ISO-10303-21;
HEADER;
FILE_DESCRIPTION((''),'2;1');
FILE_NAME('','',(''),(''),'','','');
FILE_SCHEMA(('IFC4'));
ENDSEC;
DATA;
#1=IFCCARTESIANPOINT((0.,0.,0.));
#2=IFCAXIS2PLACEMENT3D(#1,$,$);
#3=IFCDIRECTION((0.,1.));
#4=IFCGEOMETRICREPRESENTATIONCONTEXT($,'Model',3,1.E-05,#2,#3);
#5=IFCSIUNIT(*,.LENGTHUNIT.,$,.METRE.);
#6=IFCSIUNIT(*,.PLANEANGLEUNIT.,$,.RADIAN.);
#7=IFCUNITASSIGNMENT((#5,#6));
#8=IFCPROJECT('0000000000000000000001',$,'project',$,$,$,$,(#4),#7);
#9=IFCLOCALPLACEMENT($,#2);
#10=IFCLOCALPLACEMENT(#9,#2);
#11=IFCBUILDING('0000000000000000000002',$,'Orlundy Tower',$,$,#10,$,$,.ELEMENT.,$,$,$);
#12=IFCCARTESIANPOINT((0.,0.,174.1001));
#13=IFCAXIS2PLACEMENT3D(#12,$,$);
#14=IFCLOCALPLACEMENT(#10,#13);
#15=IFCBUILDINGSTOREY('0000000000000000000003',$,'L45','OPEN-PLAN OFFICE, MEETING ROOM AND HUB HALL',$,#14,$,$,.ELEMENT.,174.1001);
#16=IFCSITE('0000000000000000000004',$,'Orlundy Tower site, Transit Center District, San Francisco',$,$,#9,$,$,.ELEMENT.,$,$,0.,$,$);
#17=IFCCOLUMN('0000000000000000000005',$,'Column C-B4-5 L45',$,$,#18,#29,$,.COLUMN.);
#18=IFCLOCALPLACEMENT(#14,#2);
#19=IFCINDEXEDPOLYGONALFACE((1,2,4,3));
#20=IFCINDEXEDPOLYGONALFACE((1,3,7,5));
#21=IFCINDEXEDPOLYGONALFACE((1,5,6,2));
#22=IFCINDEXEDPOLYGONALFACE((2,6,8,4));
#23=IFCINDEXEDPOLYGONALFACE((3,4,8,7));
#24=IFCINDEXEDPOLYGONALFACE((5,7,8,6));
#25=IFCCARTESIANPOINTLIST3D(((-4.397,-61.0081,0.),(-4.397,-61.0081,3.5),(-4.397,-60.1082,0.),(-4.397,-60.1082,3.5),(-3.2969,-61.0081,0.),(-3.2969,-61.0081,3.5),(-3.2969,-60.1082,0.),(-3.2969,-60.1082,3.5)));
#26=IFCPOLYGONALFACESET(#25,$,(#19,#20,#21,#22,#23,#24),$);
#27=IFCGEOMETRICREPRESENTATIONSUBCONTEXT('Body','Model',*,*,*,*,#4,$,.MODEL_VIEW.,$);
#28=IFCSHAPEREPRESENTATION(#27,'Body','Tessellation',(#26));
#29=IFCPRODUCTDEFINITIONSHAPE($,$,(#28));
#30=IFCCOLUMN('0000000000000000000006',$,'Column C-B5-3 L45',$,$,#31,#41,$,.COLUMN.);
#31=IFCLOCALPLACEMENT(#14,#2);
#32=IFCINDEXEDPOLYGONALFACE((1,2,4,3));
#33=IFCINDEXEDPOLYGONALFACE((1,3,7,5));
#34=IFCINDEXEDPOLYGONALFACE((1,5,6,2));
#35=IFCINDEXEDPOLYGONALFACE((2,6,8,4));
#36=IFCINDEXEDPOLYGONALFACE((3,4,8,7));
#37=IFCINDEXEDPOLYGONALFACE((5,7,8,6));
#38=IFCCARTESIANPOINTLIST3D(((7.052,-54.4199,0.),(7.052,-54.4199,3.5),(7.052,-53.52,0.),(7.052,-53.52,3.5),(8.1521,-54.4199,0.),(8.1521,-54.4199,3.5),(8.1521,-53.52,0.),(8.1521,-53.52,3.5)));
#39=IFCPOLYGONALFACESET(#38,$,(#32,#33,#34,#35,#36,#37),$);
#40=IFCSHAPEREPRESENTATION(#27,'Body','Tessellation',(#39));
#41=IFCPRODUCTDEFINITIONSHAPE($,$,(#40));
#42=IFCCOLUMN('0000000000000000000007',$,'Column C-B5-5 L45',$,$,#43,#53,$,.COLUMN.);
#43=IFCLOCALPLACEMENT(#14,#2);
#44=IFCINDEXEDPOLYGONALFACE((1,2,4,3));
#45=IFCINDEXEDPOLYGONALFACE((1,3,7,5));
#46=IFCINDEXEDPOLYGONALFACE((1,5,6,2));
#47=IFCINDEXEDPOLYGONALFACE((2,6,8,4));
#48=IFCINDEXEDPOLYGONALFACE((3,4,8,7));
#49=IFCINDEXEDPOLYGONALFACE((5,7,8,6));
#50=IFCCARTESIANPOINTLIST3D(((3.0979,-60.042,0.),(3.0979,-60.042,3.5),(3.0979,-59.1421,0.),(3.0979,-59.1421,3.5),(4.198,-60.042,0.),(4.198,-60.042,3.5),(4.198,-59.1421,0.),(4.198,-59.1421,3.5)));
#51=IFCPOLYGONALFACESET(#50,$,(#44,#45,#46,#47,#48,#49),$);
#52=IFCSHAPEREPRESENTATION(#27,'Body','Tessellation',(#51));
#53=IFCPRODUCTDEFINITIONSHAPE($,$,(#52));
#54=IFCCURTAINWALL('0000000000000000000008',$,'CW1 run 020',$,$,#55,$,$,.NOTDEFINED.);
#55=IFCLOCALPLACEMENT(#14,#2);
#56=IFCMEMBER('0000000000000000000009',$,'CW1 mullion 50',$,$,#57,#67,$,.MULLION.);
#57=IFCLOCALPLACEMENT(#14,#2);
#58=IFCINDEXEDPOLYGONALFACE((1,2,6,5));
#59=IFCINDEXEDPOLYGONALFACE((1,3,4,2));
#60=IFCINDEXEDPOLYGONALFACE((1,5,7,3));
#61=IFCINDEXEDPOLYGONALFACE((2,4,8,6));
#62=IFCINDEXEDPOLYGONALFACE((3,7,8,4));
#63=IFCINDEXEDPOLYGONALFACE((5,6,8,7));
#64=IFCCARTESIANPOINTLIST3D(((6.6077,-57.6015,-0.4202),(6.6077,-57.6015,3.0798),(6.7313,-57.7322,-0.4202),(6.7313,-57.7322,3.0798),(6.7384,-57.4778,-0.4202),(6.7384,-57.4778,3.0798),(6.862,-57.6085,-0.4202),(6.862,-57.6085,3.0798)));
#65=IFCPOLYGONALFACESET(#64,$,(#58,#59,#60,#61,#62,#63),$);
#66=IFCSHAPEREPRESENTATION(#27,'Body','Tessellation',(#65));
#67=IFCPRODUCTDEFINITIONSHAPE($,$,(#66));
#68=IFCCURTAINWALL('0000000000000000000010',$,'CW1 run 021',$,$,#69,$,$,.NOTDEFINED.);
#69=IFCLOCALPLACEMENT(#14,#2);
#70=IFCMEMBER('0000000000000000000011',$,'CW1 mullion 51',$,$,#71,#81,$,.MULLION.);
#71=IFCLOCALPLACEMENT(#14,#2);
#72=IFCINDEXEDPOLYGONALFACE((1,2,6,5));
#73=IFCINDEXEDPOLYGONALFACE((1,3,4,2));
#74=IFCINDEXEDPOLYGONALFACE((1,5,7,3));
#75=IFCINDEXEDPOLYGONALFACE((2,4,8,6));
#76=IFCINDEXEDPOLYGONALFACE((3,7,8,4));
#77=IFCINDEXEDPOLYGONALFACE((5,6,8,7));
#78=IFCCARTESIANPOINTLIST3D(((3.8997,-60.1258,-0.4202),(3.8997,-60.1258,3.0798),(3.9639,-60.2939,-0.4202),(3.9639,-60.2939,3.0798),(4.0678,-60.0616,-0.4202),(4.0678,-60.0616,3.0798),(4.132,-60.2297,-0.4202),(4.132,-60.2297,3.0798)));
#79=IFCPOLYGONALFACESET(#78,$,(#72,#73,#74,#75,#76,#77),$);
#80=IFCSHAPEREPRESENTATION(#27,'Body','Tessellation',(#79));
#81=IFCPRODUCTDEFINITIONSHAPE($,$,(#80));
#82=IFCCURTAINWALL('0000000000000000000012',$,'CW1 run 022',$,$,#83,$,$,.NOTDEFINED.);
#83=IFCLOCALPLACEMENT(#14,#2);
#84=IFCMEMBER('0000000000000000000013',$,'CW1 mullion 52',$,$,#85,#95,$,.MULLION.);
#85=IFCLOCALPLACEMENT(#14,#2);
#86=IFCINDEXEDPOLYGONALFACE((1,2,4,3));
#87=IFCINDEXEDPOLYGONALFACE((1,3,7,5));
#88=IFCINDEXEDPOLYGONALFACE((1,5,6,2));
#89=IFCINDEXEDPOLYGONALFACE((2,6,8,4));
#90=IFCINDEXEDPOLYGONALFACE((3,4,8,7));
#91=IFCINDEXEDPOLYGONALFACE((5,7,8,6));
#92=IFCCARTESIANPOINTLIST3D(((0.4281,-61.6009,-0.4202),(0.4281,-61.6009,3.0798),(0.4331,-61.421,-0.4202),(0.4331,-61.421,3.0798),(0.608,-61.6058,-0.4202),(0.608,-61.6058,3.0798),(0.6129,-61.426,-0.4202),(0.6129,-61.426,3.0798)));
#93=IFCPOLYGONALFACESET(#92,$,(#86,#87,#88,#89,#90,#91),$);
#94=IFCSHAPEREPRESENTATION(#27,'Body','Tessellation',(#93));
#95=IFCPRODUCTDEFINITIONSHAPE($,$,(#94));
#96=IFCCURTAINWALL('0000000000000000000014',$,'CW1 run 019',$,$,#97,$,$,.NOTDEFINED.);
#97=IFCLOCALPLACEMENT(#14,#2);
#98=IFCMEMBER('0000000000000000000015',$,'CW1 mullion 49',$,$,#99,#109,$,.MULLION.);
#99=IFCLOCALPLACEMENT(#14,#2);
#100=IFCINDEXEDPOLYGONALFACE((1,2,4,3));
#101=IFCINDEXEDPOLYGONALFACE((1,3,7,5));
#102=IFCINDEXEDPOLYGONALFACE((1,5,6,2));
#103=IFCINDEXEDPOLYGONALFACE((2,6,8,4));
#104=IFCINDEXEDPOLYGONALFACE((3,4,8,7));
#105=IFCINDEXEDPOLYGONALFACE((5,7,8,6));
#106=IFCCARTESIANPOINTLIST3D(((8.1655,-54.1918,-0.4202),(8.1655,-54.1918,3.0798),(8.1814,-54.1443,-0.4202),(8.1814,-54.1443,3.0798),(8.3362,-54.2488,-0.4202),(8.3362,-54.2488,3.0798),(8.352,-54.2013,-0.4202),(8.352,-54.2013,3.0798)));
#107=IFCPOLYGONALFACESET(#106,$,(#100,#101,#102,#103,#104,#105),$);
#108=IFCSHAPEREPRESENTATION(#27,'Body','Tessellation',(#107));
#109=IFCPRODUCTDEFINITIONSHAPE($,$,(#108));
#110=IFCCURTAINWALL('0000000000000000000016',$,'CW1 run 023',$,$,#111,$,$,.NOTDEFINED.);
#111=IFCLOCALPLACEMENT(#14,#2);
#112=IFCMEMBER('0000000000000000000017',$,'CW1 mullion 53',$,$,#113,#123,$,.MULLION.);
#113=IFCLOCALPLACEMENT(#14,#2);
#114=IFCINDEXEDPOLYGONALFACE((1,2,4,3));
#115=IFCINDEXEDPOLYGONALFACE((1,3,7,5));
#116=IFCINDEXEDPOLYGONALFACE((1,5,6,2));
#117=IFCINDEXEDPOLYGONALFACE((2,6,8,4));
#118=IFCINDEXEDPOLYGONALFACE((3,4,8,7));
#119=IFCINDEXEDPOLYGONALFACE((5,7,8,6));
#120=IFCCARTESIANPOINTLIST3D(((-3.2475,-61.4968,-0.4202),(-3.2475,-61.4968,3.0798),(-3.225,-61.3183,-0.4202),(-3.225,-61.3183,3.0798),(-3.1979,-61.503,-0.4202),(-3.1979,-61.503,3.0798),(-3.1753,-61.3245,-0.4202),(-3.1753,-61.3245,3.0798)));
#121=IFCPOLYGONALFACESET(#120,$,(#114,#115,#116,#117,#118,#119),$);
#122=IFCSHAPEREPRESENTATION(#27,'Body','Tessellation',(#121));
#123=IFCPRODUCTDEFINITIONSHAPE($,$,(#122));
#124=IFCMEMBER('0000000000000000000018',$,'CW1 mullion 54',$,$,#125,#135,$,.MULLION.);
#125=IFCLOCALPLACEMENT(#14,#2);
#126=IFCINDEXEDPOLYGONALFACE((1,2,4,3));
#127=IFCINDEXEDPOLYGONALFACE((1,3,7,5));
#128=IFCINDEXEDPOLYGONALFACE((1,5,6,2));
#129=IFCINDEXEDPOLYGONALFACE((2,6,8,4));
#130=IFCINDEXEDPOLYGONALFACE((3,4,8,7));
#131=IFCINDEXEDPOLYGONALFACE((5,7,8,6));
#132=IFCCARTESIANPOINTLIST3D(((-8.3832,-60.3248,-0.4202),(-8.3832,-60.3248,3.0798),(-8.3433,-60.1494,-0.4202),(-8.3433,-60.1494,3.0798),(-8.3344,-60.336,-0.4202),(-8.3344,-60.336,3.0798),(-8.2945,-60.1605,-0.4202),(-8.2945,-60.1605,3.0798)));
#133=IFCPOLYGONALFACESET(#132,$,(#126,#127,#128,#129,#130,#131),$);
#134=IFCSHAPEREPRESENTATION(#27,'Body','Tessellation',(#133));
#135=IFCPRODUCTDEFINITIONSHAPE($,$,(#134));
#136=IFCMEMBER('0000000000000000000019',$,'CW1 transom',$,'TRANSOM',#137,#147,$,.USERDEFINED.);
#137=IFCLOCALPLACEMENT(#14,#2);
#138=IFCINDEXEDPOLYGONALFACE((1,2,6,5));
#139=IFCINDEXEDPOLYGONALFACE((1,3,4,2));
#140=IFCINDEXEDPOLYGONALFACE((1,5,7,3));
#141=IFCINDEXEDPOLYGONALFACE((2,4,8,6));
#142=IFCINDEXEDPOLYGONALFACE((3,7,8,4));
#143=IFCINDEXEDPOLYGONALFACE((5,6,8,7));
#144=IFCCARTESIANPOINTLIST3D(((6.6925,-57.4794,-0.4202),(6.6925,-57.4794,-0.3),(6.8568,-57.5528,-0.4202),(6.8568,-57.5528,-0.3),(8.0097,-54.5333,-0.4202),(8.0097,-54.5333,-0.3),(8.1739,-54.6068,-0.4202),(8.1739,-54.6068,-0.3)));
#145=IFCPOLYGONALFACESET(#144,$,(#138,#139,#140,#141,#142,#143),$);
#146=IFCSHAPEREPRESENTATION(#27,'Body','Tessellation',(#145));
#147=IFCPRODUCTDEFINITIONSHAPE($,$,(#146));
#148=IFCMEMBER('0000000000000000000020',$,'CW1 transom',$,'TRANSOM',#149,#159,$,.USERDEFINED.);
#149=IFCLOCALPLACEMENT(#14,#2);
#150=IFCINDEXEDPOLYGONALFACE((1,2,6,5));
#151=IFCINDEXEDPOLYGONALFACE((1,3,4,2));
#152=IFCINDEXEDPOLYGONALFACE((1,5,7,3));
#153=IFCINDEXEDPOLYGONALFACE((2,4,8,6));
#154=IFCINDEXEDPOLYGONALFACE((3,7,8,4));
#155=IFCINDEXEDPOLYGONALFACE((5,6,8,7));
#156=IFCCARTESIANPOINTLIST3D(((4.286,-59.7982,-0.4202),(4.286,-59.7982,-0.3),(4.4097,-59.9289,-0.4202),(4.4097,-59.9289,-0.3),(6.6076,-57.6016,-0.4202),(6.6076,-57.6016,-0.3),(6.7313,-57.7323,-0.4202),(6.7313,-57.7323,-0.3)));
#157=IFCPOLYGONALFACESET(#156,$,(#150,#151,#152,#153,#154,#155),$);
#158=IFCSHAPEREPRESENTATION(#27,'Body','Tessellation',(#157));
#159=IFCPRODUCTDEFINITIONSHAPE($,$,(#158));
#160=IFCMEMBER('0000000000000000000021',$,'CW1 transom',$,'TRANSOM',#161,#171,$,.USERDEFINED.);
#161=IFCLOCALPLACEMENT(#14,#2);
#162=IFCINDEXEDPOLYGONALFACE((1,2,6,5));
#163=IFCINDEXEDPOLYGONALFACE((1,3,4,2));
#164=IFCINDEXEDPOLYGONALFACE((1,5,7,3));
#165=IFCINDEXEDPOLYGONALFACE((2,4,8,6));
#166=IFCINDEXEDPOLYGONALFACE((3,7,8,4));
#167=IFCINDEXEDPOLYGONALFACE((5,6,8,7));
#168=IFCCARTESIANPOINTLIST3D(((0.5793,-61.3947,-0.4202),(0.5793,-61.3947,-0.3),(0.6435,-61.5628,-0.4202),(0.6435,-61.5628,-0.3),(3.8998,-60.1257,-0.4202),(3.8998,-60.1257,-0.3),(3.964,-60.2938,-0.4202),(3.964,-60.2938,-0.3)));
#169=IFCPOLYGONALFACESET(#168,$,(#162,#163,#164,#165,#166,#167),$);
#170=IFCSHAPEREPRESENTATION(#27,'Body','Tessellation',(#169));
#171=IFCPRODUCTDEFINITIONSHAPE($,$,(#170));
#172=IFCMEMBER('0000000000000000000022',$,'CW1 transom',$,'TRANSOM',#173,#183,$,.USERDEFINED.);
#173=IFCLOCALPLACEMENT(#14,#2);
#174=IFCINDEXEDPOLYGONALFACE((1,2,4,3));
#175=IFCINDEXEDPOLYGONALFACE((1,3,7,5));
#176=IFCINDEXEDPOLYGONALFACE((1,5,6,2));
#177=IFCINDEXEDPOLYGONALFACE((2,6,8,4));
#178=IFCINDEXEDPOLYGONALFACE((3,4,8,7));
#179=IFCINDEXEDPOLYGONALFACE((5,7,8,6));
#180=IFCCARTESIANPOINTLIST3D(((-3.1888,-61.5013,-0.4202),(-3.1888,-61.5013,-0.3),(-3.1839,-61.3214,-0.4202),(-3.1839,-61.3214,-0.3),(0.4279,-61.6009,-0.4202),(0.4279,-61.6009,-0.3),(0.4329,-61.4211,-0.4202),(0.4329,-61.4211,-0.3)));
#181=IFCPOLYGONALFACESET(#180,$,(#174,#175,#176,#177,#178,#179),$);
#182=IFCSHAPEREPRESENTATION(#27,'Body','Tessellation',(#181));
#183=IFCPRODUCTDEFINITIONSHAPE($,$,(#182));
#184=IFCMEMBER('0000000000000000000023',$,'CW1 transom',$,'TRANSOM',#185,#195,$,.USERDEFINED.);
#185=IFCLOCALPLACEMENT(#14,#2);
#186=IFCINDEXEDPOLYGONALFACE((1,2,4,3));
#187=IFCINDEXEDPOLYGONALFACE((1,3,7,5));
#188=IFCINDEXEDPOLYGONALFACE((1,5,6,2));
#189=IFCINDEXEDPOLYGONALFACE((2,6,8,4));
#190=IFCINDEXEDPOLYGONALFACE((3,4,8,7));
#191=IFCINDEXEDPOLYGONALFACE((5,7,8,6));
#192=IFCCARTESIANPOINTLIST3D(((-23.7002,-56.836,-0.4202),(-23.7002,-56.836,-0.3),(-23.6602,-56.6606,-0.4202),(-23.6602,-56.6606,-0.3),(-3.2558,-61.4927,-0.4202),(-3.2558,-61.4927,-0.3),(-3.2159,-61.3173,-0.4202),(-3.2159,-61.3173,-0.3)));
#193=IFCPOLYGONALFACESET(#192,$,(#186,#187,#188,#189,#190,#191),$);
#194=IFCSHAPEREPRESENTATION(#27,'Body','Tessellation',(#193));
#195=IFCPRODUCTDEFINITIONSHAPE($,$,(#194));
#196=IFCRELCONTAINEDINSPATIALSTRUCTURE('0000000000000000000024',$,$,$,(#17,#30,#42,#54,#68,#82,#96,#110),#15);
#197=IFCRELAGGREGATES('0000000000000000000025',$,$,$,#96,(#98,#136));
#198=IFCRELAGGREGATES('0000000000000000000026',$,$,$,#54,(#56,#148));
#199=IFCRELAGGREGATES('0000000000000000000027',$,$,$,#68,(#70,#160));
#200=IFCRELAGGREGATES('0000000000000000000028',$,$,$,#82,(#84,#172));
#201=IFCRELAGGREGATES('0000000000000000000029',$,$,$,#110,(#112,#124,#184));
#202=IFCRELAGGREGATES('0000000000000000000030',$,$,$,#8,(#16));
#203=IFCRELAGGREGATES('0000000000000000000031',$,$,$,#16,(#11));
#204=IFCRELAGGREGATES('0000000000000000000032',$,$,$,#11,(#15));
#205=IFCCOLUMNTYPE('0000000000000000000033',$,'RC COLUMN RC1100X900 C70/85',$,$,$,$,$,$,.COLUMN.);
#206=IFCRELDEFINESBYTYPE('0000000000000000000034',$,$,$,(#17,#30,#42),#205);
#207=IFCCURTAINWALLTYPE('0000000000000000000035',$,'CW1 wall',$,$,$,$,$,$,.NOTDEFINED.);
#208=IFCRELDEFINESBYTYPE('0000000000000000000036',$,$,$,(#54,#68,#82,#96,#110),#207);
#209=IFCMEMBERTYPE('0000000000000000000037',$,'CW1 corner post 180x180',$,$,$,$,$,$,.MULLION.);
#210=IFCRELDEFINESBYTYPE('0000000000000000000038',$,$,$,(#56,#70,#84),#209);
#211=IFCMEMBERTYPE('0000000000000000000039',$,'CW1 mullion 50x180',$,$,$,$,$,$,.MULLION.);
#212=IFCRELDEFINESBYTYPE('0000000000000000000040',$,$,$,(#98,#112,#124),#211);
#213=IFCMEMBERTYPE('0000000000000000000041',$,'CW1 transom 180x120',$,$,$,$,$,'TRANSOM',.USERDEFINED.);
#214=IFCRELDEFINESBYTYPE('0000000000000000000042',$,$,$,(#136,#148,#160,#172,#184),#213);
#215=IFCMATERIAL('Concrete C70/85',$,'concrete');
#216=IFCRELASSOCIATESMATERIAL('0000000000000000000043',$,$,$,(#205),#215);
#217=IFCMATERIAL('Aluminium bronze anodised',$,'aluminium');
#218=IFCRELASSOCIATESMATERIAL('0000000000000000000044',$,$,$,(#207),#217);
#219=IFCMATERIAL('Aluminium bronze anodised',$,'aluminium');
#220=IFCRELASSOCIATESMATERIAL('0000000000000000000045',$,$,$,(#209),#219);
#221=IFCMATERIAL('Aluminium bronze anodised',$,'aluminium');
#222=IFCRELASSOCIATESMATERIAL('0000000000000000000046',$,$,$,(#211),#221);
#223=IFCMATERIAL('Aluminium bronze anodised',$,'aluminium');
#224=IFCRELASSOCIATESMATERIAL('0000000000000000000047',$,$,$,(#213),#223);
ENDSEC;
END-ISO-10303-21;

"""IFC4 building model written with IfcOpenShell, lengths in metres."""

from ifc_helpers import new_model, si_unit, direction, frame, origin, origin_2d, place, context, subcontext, project, spatial, rectangle, extrude, material, material_profile, profile_set, type_object, element, aggregate, save


model = new_model("IFC4")

# Units and contexts
model_context = context("Model", 3, precision=1e-05, world=origin(), true_north=direction((0.0, 1.0)))
body_context = subcontext(model_context, "Body", "Model", "MODEL_VIEW")
ifc_project = project(units=[si_unit("LENGTHUNIT", "METRE"), si_unit("PLANEANGLEUNIT", "RADIAN")], contexts=[model_context])

# Site, building, storey
site_placement = place(None, origin())
site = spatial("IfcSite", under=ifc_project, at=site_placement, Name="Orlundy Tower site, Transit Center District, San Francisco", CompositionType="ELEMENT", RefElevation=0.0)
building_placement = place(site_placement, origin())
building = spatial("IfcBuilding", under=site, at=building_placement, Name="Orlundy Tower", CompositionType="ELEMENT")
storey_placement = place(building_placement, frame((0.0, 0.0, 174.1001)))
storey = spatial("IfcBuildingStorey", under=building, at=storey_placement, Name="L45", Description="OPEN-PLAN OFFICE, MEETING ROOM AND HUB HALL", CompositionType="ELEMENT", Elevation=174.1001)

# Columns
ifc_material_1 = material(Name="Concrete C70/85", Category="concrete")
ifc_material_profile_1 = material_profile(ifc_material_1, rectangle(XDim=1.1001, YDim=0.8999, at=origin_2d()), Name="RC1100X900")
ifc_profile_set_1 = profile_set([ifc_material_profile_1], Name="Concrete C70/85")
column_type = type_object("IfcColumnType", Name="RC COLUMN RC1100X900 C70/85", PredefinedType="COLUMN", material=ifc_profile_set_1)
for number, where, z_axis, x_axis, name in (
    (1, (-3.8469, -60.5581, 0.0), (0.0, 0.0, 1.0), (1.0, 0.0, 0.0), "Column C-B4-5 L45"),
    (2, (7.6021, -53.97, 0.0), (0.0, 0.0, 1.0), (1.0, 0.0, 0.0), "Column C-B5-3 L45"),
    (3, (3.6479, -59.592, 0.0), (0.0, 0.0, 1.0), (1.0, 0.0, 0.0), "Column C-B5-5 L45"),
):
    element("IfcColumn", number, at=place(storey_placement, frame(where, z_axis=z_axis, x_axis=x_axis)), inside=storey, type_object=column_type, Name=name, PredefinedType="COLUMN", context=body_context, shape_type="SweptSolid", body=[
        extrude(rectangle(XDim=1.1001, YDim=0.8999, at=origin_2d()), origin(), (0.0, 0.0, 1.0), 3.5),
    ])

# Curtain walls, members
ifc_material_2 = material(Name="Aluminium bronze anodised", Category="aluminium")
curtain_wall_type = type_object("IfcCurtainWallType", Name="CW1 wall", PredefinedType="NOTDEFINED", material=ifc_material_2)
curtain_wall_1_placement = place(storey_placement, origin())
curtain_wall_1 = element("IfcCurtainWall", 4, at=curtain_wall_1_placement, inside=storey, type_object=curtain_wall_type, Name="CW1 run 020", PredefinedType="NOTDEFINED")
ifc_material_3 = material(Name="Aluminium bronze anodised", Category="aluminium")
ifc_material_profile_2 = material_profile(ifc_material_3, rectangle(XDim=0.1799, YDim=0.1799, at=origin_2d()), Name="CW1 corner post 180x180")
ifc_profile_set_2 = profile_set([ifc_material_profile_2], Name="Aluminium bronze anodised")
member_type_1 = type_object("IfcMemberType", Name="CW1 corner post 180x180", PredefinedType="MULLION", material=ifc_profile_set_2)
member_1_placement = place(storey_placement, frame((6.7349, -57.605, -0.4202), z_axis=(0.0, 0.0, 1.0), x_axis=(0.687281, -0.726392, 0.0)))
member_1 = element("IfcMember", 5, at=member_1_placement, type_object=member_type_1, Name="CW1 mullion 50", PredefinedType="MULLION", context=body_context, shape_type="SweptSolid", body=[
    extrude(rectangle(XDim=0.1799, YDim=0.1799, at=origin_2d()), origin(), (0.0, 0.0, 1.0), 3.5),
])
curtain_wall_2_placement = place(storey_placement, origin())
curtain_wall_2 = element("IfcCurtainWall", 6, at=curtain_wall_2_placement, inside=storey, type_object=curtain_wall_type, Name="CW1 run 021", PredefinedType="NOTDEFINED")
member_2_placement = place(storey_placement, frame((4.0159, -60.1777, -0.4202), z_axis=(0.0, 0.0, 1.0), x_axis=(0.356971, -0.934115, 0.0)))
member_2 = element("IfcMember", 7, at=member_2_placement, type_object=member_type_1, Name="CW1 mullion 51", PredefinedType="MULLION", context=body_context, shape_type="SweptSolid", body=[
    extrude(rectangle(XDim=0.1799, YDim=0.1799, at=origin_2d()), origin(), (0.0, 0.0, 1.0), 3.5),
])
curtain_wall_3_placement = place(storey_placement, origin())
curtain_wall_3 = element("IfcCurtainWall", 8, at=curtain_wall_3_placement, inside=storey, type_object=curtain_wall_type, Name="CW1 run 022", PredefinedType="NOTDEFINED")
member_3_placement = place(storey_placement, frame((0.5205, -61.5134, -0.4202), z_axis=(0.0, 0.0, 1.0), x_axis=(-0.02752, -0.999621, 0.0)))
member_3 = element("IfcMember", 9, at=member_3_placement, type_object=member_type_1, Name="CW1 mullion 52", PredefinedType="MULLION", context=body_context, shape_type="SweptSolid", body=[
    extrude(rectangle(XDim=0.1799, YDim=0.1799, at=origin_2d()), origin(), (0.0, 0.0, 1.0), 3.5),
])
curtain_wall_4_placement = place(storey_placement, origin())
curtain_wall_4 = element("IfcCurtainWall", 10, at=curtain_wall_4_placement, inside=storey, type_object=curtain_wall_type, Name="CW1 run 019", PredefinedType="NOTDEFINED")
ifc_material_4 = material(Name="Aluminium bronze anodised", Category="aluminium")
ifc_material_profile_3 = material_profile(ifc_material_4, rectangle(XDim=0.1799, YDim=0.05, at=origin_2d()), Name="CW1 mullion 50x180")
ifc_profile_set_3 = profile_set([ifc_material_profile_3], Name="Aluminium bronze anodised")
member_type_2 = type_object("IfcMemberType", Name="CW1 mullion 50x180", PredefinedType="MULLION", material=ifc_profile_set_3)
member_4_placement = place(storey_placement, frame((8.2588, -54.1965, -0.4202), z_axis=(0.0, 0.0, 1.0), x_axis=(0.948538, -0.316662, 0.0)))
member_4 = element("IfcMember", 11, at=member_4_placement, type_object=member_type_2, Name="CW1 mullion 49", PredefinedType="MULLION", context=body_context, shape_type="SweptSolid", body=[
    extrude(rectangle(XDim=0.1799, YDim=0.05, at=origin_2d()), origin(), (0.0, 0.0, 1.0), 3.5),
])

# Curtain wall, members
curtain_wall_5_placement = place(storey_placement, origin())
curtain_wall_5 = element("IfcCurtainWall", 12, at=curtain_wall_5_placement, inside=storey, type_object=curtain_wall_type, Name="CW1 run 023", PredefinedType="NOTDEFINED")
member_5_placement = place(storey_placement, frame((-3.2114, -61.4106, -0.4202), z_axis=(0.0, 0.0, 1.0), x_axis=(-0.12541, -0.992105, 0.0)))
member_5 = element("IfcMember", 13, at=member_5_placement, type_object=member_type_2, Name="CW1 mullion 53", PredefinedType="MULLION", context=body_context, shape_type="SweptSolid", body=[
    extrude(rectangle(XDim=0.1799, YDim=0.05, at=origin_2d()), origin(), (0.0, 0.0, 1.0), 3.5),
])
member_6_placement = place(storey_placement, frame((-8.3389, -60.2427, -0.4202), z_axis=(0.0, 0.0, 1.0), x_axis=(-0.22209, -0.975026, 0.0)))
member_6 = element("IfcMember", 14, at=member_6_placement, type_object=member_type_2, Name="CW1 mullion 54", PredefinedType="MULLION", context=body_context, shape_type="SweptSolid", body=[
    extrude(rectangle(XDim=0.1799, YDim=0.05, at=origin_2d()), origin(), (0.0, 0.0, 1.0), 3.5),
])

# Members
ifc_material_5 = material(Name="Aluminium bronze anodised", Category="aluminium")
ifc_material_profile_4 = material_profile(ifc_material_5, rectangle(XDim=0.1799, YDim=0.1201, at=origin_2d()), Name="CW1 transom 180x120")
ifc_profile_set_4 = profile_set([ifc_material_profile_4], Name="Aluminium bronze anodised")
member_type_3 = type_object("IfcMemberType", Name="CW1 transom 180x120", ElementType="TRANSOM", PredefinedType="USERDEFINED", material=ifc_profile_set_4)
member_7_placement = place(storey_placement, frame((8.0918, -54.5701, -0.3601), z_axis=(-0.408152, -0.912914, 0.0), x_axis=(0.912914, -0.408152, 0.0)))
member_7 = element("IfcMember", 15, at=member_7_placement, type_object=member_type_3, Name="CW1 transom", ObjectType="TRANSOM", PredefinedType="USERDEFINED", context=body_context, shape_type="SweptSolid", body=[
    extrude(rectangle(XDim=0.1799, YDim=0.1201, at=origin_2d()), origin(), (0.0, 0.0, 1.0), 3.2271),
])
member_8_placement = place(storey_placement, frame((6.6694, -57.667, -0.3601), z_axis=(-0.726392, -0.68728, 0.0), x_axis=(0.68728, -0.726392, 0.0)))
member_8 = element("IfcMember", 16, at=member_8_placement, type_object=member_type_3, Name="CW1 transom", ObjectType="TRANSOM", PredefinedType="USERDEFINED", context=body_context, shape_type="SweptSolid", body=[
    extrude(rectangle(XDim=0.1799, YDim=0.1201, at=origin_2d()), origin(), (0.0, 0.0, 1.0), 3.196),
])
member_9_placement = place(storey_placement, frame((3.9319, -60.2097, -0.3601), z_axis=(-0.934106, -0.356995, 0.0), x_axis=(0.356995, -0.934106, 0.0)))
member_9 = element("IfcMember", 17, at=member_9_placement, type_object=member_type_3, Name="CW1 transom", ObjectType="TRANSOM", PredefinedType="USERDEFINED", context=body_context, shape_type="SweptSolid", body=[
    extrude(rectangle(XDim=0.1799, YDim=0.1201, at=origin_2d()), origin(), (0.0, 0.0, 1.0), 3.5547),
])
member_10_placement = place(storey_placement, frame((0.4304, -61.511, -0.3601), z_axis=(-0.999621, 0.027531, 0.0), x_axis=(-0.027531, -0.999621, 0.0)))
member_10 = element("IfcMember", 18, at=member_10_placement, type_object=member_type_3, Name="CW1 transom", ObjectType="TRANSOM", PredefinedType="USERDEFINED", context=body_context, shape_type="SweptSolid", body=[
    extrude(rectangle(XDim=0.1799, YDim=0.1201, at=origin_2d()), origin(), (0.0, 0.0, 1.0), 3.6182),
])
member_11_placement = place(storey_placement, frame((-3.2358, -61.405, -0.3601), z_axis=(-0.975027, 0.222088, 0.0), x_axis=(-0.222088, -0.975027, 0.0)))
member_11 = element("IfcMember", 19, at=member_11_placement, type_object=member_type_3, Name="CW1 transom", ObjectType="TRANSOM", PredefinedType="USERDEFINED", context=body_context, shape_type="SweptSolid", body=[
    extrude(rectangle(XDim=0.1799, YDim=0.1201, at=origin_2d()), origin(), (0.0, 0.0, 1.0), 20.968),
])

aggregate(curtain_wall_4, [member_4, member_7])
aggregate(curtain_wall_1, [member_1, member_8])
aggregate(curtain_wall_2, [member_2, member_9])
aggregate(curtain_wall_3, [member_3, member_10])
aggregate(curtain_wall_5, [member_5, member_6, member_11])

save(model, "model.ifc")
